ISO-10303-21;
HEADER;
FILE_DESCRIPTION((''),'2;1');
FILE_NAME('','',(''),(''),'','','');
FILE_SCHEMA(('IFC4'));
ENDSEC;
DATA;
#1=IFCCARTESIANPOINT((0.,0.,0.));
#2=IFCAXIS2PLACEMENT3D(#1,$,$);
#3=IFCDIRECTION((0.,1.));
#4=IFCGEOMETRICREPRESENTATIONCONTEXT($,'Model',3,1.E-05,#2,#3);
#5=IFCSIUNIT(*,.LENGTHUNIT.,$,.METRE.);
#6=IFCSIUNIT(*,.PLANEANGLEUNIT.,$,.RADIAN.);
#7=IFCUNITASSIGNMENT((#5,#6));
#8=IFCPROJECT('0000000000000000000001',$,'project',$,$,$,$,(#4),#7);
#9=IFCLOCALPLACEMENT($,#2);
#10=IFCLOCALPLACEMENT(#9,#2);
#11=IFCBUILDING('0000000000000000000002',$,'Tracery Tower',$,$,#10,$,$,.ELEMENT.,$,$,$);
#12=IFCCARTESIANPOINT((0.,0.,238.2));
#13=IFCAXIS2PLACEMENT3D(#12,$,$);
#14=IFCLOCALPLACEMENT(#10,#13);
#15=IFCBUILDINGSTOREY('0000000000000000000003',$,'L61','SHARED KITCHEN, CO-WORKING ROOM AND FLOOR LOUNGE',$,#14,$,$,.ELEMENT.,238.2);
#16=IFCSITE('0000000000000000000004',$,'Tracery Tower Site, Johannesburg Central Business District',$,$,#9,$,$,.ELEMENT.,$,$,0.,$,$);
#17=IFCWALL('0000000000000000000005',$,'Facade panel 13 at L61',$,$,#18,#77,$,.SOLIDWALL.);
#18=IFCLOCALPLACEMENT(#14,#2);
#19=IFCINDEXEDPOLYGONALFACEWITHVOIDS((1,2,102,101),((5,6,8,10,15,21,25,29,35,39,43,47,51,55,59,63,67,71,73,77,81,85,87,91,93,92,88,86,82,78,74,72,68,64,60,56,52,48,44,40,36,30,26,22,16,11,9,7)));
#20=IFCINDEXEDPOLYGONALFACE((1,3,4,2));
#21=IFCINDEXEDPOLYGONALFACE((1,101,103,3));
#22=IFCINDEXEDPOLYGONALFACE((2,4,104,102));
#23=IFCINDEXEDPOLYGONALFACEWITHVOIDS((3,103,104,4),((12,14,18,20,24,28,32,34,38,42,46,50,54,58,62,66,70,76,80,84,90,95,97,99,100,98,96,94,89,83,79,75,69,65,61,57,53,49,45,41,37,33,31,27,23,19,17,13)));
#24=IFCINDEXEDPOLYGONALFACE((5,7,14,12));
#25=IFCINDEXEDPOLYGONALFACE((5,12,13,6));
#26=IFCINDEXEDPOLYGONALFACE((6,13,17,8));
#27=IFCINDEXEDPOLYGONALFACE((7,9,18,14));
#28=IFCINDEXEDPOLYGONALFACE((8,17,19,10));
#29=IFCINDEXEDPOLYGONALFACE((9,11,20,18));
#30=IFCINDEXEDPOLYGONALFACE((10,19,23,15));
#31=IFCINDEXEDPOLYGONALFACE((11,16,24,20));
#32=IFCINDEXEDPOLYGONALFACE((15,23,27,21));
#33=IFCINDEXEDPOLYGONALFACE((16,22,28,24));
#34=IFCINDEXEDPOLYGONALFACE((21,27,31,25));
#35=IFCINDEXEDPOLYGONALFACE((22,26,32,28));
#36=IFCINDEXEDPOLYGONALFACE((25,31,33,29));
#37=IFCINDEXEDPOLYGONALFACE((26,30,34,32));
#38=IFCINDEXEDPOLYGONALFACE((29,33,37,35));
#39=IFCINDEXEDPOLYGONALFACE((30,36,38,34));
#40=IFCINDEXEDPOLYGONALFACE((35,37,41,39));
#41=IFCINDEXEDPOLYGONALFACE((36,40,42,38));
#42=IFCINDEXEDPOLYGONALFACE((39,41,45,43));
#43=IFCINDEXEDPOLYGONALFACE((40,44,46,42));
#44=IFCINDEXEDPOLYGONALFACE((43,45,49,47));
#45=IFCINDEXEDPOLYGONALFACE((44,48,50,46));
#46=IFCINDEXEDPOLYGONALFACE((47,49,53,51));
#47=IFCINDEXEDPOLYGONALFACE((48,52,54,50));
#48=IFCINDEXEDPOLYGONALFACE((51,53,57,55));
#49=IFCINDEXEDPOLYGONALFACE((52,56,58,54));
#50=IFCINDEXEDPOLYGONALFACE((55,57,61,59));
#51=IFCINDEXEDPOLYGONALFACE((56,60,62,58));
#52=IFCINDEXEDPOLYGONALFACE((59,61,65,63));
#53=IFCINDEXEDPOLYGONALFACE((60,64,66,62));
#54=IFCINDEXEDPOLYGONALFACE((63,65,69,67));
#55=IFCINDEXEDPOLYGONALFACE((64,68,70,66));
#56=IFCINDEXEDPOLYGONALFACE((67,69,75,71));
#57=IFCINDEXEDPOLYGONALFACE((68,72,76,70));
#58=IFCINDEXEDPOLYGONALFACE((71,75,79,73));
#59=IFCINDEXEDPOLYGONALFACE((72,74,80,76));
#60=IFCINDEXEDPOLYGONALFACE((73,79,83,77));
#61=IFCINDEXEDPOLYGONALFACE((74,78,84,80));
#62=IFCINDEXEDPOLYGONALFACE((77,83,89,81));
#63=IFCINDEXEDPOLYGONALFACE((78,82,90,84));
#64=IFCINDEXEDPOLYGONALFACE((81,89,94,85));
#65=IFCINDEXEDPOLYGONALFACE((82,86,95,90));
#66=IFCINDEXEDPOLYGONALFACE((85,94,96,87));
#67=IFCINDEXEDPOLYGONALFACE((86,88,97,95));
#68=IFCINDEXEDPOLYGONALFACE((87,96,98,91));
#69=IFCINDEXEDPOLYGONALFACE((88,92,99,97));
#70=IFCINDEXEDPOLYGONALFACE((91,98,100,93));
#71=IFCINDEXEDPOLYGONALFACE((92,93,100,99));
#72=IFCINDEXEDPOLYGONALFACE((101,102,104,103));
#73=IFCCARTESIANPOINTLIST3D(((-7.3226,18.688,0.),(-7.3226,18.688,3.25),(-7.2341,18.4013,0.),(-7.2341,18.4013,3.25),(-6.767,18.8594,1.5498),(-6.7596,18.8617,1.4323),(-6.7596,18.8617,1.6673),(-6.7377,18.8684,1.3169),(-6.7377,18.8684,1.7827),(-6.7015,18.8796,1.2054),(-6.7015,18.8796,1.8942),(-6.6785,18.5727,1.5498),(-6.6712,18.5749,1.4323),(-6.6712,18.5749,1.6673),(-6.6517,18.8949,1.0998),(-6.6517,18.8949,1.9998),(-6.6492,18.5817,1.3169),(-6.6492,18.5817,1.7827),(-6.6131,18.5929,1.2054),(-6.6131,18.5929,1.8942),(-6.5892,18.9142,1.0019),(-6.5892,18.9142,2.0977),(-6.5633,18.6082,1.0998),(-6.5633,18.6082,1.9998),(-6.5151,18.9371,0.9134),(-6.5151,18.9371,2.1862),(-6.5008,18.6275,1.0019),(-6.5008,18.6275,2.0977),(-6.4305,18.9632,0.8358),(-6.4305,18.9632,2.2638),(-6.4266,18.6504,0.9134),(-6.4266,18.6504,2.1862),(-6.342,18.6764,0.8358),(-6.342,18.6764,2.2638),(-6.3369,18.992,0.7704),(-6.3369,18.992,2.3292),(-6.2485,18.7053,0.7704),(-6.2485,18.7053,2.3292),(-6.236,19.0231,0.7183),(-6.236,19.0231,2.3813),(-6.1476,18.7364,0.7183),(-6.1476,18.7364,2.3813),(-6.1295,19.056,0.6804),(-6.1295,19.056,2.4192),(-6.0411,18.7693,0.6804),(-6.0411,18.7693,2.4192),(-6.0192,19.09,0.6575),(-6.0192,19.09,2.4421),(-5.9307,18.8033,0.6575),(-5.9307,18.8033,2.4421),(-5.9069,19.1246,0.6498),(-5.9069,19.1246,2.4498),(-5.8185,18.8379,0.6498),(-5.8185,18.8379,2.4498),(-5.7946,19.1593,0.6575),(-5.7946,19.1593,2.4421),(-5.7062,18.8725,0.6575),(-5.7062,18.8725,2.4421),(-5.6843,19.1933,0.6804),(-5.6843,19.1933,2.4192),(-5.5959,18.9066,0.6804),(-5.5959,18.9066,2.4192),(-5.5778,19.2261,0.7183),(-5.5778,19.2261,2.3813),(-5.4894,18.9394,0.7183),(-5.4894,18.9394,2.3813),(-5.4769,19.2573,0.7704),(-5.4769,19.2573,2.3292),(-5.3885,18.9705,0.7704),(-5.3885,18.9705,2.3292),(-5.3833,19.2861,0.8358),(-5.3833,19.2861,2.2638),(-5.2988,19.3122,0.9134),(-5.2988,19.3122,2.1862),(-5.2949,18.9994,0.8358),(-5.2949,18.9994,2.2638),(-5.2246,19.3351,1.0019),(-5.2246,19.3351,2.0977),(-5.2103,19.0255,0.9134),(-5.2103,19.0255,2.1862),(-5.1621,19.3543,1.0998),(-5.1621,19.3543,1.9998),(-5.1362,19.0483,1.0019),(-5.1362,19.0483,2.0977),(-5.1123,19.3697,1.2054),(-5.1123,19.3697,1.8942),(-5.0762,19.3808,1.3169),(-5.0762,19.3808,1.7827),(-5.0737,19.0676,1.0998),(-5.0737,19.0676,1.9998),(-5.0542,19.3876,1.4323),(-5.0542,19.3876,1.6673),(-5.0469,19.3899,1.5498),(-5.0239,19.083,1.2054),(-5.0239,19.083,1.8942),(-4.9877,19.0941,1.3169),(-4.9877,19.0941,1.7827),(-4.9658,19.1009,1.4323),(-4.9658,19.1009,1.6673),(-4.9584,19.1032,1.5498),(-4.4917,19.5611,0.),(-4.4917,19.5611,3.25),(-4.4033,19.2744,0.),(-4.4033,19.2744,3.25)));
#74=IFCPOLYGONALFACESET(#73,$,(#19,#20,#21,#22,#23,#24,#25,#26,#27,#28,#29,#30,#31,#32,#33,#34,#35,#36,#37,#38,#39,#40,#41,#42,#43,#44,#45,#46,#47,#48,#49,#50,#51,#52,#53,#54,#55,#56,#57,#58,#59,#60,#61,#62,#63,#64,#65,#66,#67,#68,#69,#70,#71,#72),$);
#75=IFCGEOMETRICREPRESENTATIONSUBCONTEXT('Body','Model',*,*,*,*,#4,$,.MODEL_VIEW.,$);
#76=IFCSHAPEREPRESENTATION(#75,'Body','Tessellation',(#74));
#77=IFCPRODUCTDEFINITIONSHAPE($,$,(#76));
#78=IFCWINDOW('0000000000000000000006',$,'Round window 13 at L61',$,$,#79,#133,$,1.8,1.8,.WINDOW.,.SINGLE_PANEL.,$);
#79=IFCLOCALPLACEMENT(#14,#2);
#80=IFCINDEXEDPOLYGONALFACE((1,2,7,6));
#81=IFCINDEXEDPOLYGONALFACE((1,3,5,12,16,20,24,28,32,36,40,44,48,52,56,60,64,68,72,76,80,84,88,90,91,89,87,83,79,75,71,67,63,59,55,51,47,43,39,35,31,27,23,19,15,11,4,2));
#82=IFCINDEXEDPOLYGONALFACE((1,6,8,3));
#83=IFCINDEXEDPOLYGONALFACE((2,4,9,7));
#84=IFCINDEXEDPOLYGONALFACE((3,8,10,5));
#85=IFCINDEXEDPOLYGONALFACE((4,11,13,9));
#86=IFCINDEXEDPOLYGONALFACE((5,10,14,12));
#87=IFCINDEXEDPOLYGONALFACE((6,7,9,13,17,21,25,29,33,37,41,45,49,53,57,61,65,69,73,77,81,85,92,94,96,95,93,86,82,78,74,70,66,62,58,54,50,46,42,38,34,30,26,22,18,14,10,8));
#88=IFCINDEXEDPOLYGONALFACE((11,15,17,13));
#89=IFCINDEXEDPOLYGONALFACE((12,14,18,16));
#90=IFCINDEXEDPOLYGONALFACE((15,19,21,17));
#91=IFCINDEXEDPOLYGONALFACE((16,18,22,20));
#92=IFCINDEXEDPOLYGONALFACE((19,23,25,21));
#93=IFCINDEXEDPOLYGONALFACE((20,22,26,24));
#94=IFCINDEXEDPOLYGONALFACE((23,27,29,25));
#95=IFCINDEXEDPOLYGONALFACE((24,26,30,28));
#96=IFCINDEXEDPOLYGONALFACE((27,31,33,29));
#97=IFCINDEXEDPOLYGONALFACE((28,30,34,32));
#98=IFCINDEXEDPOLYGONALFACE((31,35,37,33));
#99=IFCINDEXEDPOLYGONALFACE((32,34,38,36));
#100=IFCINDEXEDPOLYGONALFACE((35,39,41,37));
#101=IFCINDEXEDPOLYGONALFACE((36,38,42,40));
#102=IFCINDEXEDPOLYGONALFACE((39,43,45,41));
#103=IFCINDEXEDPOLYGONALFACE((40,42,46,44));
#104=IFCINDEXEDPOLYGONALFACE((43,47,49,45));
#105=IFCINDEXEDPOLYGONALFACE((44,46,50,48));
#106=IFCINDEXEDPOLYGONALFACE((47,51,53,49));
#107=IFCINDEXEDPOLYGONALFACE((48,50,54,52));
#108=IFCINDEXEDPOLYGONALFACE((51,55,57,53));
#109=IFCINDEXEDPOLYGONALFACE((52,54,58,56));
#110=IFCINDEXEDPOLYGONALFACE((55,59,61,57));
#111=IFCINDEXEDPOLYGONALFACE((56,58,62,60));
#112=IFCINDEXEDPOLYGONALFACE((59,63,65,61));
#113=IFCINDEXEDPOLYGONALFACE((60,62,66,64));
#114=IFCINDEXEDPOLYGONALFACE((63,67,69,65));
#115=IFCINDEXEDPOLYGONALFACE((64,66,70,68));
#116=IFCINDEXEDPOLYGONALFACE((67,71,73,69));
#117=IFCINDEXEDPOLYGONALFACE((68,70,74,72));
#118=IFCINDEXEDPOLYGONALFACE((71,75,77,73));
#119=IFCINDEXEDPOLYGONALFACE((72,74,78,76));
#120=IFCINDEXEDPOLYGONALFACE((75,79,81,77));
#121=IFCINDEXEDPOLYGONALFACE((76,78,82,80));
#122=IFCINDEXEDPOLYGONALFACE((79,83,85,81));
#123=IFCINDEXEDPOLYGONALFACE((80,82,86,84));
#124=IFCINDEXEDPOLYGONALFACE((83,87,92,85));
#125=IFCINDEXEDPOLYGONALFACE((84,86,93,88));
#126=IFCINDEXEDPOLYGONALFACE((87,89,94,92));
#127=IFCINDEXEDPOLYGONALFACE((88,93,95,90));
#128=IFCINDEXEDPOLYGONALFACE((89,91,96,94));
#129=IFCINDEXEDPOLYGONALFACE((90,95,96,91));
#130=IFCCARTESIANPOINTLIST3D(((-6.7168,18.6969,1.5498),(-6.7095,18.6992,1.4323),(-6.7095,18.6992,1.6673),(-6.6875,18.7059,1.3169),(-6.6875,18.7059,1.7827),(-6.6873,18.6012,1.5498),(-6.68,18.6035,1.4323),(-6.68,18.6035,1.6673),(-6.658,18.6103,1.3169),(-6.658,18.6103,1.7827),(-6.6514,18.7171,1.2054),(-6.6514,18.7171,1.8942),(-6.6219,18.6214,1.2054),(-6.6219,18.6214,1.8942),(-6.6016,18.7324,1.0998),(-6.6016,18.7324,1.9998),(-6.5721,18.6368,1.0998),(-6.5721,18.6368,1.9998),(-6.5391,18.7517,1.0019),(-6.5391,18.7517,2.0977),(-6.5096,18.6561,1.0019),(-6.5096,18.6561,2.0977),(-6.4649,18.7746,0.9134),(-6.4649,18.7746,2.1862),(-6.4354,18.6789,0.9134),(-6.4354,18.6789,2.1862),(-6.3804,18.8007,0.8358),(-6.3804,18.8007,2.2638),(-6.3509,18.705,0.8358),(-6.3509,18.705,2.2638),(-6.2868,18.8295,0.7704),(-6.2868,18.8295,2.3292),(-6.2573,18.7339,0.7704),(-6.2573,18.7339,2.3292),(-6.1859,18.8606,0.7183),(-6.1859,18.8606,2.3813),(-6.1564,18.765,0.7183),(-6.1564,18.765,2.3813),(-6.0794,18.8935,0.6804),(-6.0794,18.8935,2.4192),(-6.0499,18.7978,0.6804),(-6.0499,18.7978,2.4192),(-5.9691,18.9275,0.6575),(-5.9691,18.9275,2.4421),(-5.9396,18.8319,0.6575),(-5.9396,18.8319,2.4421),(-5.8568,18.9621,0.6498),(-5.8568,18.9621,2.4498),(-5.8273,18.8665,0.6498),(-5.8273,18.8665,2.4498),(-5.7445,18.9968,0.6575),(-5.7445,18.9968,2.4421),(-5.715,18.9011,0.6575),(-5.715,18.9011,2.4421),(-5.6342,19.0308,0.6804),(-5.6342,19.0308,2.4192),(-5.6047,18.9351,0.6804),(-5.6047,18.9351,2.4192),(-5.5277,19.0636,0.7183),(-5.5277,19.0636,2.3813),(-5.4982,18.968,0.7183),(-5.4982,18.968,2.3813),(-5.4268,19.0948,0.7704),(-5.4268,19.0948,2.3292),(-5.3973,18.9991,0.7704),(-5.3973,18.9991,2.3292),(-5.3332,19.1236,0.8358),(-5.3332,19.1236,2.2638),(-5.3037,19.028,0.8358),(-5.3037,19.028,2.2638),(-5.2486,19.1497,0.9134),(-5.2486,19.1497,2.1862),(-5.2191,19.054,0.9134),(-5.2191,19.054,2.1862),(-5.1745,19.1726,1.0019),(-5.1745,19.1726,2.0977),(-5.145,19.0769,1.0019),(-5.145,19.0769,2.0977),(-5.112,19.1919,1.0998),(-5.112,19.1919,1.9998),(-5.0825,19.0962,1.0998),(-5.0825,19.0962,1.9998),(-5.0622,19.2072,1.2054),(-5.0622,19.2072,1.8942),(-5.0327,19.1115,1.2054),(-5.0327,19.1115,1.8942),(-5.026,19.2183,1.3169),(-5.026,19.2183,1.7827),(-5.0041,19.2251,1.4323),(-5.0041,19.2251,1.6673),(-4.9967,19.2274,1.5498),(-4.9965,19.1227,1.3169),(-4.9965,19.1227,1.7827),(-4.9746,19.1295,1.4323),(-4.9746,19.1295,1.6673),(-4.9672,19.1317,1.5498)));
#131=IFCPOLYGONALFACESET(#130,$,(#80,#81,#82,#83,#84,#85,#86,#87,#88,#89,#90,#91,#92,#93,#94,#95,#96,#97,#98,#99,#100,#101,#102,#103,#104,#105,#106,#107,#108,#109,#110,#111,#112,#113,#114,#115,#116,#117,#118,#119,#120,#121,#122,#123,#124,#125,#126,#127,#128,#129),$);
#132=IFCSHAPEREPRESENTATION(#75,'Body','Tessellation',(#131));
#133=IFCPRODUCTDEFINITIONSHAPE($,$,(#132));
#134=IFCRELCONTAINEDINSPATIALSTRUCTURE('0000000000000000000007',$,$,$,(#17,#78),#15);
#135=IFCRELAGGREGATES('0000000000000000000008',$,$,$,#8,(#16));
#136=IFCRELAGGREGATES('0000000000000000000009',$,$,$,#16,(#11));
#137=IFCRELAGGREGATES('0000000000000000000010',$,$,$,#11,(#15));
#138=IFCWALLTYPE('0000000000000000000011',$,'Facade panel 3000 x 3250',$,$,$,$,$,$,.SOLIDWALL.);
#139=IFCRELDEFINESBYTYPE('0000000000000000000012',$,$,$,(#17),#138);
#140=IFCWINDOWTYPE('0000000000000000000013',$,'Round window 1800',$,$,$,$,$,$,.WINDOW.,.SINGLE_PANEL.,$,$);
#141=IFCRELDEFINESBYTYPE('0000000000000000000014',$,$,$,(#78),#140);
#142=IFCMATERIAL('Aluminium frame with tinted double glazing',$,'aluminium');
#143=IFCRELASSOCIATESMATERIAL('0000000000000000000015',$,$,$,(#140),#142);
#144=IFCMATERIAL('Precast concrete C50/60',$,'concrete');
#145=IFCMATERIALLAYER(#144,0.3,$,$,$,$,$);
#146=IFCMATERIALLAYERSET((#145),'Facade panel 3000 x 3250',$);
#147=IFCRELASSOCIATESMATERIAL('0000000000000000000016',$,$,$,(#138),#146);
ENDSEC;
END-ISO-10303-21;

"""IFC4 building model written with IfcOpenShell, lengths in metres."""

from ifc_helpers import new_model, si_unit, direction, frame, frame_2d, origin, origin_2d, place, context, subcontext, project, spatial, rectangle, circle, extrude, material, layer, layer_set, type_object, element, fill, save


model = new_model("IFC4")

# Units and contexts
model_context = context("Model", 3, precision=1e-05, world=origin(), true_north=direction((0.0, 1.0)))
body_context = subcontext(model_context, "Body", "Model", "MODEL_VIEW")
ifc_project = project(units=[si_unit("LENGTHUNIT", "METRE"), si_unit("PLANEANGLEUNIT", "RADIAN")], contexts=[model_context])

# Site, building, storey
site_placement = place(None, origin())
site = spatial("IfcSite", under=ifc_project, at=site_placement, Name="Tracery Tower Site, Johannesburg Central Business District", CompositionType="ELEMENT", RefElevation=0.0)
building_placement = place(site_placement, origin())
building = spatial("IfcBuilding", under=site, at=building_placement, Name="Tracery Tower", CompositionType="ELEMENT")
storey_placement = place(building_placement, frame((0.0, 0.0, 238.2)))
storey = spatial("IfcBuildingStorey", under=building, at=storey_placement, Name="L61", Description="SHARED KITCHEN, CO-WORKING ROOM AND FLOOR LOUNGE", CompositionType="ELEMENT", Elevation=238.2)

# Wall, opening, window
ifc_material_1 = material(Name="Aluminium frame with tinted double glazing", Category="aluminium")
window_type = type_object("IfcWindowType", Name="Round window 1800", PartitioningType="SINGLE_PANEL", PredefinedType="WINDOW", material=ifc_material_1)
ifc_material_2 = material(Name="Precast concrete C50/60", Category="concrete")
ifc_layer_1 = layer(ifc_material_2, 0.3)
ifc_layer_set_1 = layer_set([ifc_layer_1], Name="Facade panel 3000 x 3250")
wall_type_1 = type_object("IfcWallType", Name="Facade panel 3000 x 3250", PredefinedType="SOLIDWALL", material=ifc_layer_set_1)
wall_1_placement = place(storey_placement, frame((-4.4475, 19.4177, 0.0), z_axis=(0.0, 0.0, 1.0), x_axis=(-0.955586, -0.294711, 0.0)))
wall_1 = element("IfcWall", 1, at=wall_1_placement, inside=storey, type_object=wall_type_1, Name="Facade panel 13 at L61", PredefinedType="SOLIDWALL", context=body_context, shape_type="SweptSolid", body=[
    extrude(rectangle(XDim=2.9624, YDim=0.3, at=frame_2d((1.4812, 0.0))), origin(), (0.0, 0.0, 1.0), 3.25),
])
opening_1_placement = place(wall_1_placement, frame((1.481, 0.0, 1.5498)))
opening_1 = element("IfcOpeningElement", 2, at=opening_1_placement, cuts=wall_1, PredefinedType="OPENING", context=body_context, shape_type="SweptSolid", body=[
    extrude(circle(Radius=0.9, at=origin_2d()), frame((0.0, 0.1599, 0.0), z_axis=(0.0, -1.0, 0.0), x_axis=(1.0, 0.0, 0.0)), (0.0, 0.0, 1.0), 0.3201),
])
window_1_placement = place(opening_1_placement, origin())
window_1 = element("IfcWindow", 3, at=window_1_placement, inside=storey, type_object=window_type, Name="Round window 13 at L61", OverallHeight=1.8, OverallWidth=1.8, PartitioningType="SINGLE_PANEL", PredefinedType="WINDOW", context=body_context, shape_type="SweptSolid", body=[
    extrude(circle(Radius=0.9, at=origin_2d()), frame((0.0, 0.1201, 0.0), z_axis=(0.0, -1.0, 0.0), x_axis=(1.0, 0.0, 0.0)), (0.0, 0.0, 1.0), 0.1001),
])
fill(opening_1, window_1)

save(model, "model.ifc")
